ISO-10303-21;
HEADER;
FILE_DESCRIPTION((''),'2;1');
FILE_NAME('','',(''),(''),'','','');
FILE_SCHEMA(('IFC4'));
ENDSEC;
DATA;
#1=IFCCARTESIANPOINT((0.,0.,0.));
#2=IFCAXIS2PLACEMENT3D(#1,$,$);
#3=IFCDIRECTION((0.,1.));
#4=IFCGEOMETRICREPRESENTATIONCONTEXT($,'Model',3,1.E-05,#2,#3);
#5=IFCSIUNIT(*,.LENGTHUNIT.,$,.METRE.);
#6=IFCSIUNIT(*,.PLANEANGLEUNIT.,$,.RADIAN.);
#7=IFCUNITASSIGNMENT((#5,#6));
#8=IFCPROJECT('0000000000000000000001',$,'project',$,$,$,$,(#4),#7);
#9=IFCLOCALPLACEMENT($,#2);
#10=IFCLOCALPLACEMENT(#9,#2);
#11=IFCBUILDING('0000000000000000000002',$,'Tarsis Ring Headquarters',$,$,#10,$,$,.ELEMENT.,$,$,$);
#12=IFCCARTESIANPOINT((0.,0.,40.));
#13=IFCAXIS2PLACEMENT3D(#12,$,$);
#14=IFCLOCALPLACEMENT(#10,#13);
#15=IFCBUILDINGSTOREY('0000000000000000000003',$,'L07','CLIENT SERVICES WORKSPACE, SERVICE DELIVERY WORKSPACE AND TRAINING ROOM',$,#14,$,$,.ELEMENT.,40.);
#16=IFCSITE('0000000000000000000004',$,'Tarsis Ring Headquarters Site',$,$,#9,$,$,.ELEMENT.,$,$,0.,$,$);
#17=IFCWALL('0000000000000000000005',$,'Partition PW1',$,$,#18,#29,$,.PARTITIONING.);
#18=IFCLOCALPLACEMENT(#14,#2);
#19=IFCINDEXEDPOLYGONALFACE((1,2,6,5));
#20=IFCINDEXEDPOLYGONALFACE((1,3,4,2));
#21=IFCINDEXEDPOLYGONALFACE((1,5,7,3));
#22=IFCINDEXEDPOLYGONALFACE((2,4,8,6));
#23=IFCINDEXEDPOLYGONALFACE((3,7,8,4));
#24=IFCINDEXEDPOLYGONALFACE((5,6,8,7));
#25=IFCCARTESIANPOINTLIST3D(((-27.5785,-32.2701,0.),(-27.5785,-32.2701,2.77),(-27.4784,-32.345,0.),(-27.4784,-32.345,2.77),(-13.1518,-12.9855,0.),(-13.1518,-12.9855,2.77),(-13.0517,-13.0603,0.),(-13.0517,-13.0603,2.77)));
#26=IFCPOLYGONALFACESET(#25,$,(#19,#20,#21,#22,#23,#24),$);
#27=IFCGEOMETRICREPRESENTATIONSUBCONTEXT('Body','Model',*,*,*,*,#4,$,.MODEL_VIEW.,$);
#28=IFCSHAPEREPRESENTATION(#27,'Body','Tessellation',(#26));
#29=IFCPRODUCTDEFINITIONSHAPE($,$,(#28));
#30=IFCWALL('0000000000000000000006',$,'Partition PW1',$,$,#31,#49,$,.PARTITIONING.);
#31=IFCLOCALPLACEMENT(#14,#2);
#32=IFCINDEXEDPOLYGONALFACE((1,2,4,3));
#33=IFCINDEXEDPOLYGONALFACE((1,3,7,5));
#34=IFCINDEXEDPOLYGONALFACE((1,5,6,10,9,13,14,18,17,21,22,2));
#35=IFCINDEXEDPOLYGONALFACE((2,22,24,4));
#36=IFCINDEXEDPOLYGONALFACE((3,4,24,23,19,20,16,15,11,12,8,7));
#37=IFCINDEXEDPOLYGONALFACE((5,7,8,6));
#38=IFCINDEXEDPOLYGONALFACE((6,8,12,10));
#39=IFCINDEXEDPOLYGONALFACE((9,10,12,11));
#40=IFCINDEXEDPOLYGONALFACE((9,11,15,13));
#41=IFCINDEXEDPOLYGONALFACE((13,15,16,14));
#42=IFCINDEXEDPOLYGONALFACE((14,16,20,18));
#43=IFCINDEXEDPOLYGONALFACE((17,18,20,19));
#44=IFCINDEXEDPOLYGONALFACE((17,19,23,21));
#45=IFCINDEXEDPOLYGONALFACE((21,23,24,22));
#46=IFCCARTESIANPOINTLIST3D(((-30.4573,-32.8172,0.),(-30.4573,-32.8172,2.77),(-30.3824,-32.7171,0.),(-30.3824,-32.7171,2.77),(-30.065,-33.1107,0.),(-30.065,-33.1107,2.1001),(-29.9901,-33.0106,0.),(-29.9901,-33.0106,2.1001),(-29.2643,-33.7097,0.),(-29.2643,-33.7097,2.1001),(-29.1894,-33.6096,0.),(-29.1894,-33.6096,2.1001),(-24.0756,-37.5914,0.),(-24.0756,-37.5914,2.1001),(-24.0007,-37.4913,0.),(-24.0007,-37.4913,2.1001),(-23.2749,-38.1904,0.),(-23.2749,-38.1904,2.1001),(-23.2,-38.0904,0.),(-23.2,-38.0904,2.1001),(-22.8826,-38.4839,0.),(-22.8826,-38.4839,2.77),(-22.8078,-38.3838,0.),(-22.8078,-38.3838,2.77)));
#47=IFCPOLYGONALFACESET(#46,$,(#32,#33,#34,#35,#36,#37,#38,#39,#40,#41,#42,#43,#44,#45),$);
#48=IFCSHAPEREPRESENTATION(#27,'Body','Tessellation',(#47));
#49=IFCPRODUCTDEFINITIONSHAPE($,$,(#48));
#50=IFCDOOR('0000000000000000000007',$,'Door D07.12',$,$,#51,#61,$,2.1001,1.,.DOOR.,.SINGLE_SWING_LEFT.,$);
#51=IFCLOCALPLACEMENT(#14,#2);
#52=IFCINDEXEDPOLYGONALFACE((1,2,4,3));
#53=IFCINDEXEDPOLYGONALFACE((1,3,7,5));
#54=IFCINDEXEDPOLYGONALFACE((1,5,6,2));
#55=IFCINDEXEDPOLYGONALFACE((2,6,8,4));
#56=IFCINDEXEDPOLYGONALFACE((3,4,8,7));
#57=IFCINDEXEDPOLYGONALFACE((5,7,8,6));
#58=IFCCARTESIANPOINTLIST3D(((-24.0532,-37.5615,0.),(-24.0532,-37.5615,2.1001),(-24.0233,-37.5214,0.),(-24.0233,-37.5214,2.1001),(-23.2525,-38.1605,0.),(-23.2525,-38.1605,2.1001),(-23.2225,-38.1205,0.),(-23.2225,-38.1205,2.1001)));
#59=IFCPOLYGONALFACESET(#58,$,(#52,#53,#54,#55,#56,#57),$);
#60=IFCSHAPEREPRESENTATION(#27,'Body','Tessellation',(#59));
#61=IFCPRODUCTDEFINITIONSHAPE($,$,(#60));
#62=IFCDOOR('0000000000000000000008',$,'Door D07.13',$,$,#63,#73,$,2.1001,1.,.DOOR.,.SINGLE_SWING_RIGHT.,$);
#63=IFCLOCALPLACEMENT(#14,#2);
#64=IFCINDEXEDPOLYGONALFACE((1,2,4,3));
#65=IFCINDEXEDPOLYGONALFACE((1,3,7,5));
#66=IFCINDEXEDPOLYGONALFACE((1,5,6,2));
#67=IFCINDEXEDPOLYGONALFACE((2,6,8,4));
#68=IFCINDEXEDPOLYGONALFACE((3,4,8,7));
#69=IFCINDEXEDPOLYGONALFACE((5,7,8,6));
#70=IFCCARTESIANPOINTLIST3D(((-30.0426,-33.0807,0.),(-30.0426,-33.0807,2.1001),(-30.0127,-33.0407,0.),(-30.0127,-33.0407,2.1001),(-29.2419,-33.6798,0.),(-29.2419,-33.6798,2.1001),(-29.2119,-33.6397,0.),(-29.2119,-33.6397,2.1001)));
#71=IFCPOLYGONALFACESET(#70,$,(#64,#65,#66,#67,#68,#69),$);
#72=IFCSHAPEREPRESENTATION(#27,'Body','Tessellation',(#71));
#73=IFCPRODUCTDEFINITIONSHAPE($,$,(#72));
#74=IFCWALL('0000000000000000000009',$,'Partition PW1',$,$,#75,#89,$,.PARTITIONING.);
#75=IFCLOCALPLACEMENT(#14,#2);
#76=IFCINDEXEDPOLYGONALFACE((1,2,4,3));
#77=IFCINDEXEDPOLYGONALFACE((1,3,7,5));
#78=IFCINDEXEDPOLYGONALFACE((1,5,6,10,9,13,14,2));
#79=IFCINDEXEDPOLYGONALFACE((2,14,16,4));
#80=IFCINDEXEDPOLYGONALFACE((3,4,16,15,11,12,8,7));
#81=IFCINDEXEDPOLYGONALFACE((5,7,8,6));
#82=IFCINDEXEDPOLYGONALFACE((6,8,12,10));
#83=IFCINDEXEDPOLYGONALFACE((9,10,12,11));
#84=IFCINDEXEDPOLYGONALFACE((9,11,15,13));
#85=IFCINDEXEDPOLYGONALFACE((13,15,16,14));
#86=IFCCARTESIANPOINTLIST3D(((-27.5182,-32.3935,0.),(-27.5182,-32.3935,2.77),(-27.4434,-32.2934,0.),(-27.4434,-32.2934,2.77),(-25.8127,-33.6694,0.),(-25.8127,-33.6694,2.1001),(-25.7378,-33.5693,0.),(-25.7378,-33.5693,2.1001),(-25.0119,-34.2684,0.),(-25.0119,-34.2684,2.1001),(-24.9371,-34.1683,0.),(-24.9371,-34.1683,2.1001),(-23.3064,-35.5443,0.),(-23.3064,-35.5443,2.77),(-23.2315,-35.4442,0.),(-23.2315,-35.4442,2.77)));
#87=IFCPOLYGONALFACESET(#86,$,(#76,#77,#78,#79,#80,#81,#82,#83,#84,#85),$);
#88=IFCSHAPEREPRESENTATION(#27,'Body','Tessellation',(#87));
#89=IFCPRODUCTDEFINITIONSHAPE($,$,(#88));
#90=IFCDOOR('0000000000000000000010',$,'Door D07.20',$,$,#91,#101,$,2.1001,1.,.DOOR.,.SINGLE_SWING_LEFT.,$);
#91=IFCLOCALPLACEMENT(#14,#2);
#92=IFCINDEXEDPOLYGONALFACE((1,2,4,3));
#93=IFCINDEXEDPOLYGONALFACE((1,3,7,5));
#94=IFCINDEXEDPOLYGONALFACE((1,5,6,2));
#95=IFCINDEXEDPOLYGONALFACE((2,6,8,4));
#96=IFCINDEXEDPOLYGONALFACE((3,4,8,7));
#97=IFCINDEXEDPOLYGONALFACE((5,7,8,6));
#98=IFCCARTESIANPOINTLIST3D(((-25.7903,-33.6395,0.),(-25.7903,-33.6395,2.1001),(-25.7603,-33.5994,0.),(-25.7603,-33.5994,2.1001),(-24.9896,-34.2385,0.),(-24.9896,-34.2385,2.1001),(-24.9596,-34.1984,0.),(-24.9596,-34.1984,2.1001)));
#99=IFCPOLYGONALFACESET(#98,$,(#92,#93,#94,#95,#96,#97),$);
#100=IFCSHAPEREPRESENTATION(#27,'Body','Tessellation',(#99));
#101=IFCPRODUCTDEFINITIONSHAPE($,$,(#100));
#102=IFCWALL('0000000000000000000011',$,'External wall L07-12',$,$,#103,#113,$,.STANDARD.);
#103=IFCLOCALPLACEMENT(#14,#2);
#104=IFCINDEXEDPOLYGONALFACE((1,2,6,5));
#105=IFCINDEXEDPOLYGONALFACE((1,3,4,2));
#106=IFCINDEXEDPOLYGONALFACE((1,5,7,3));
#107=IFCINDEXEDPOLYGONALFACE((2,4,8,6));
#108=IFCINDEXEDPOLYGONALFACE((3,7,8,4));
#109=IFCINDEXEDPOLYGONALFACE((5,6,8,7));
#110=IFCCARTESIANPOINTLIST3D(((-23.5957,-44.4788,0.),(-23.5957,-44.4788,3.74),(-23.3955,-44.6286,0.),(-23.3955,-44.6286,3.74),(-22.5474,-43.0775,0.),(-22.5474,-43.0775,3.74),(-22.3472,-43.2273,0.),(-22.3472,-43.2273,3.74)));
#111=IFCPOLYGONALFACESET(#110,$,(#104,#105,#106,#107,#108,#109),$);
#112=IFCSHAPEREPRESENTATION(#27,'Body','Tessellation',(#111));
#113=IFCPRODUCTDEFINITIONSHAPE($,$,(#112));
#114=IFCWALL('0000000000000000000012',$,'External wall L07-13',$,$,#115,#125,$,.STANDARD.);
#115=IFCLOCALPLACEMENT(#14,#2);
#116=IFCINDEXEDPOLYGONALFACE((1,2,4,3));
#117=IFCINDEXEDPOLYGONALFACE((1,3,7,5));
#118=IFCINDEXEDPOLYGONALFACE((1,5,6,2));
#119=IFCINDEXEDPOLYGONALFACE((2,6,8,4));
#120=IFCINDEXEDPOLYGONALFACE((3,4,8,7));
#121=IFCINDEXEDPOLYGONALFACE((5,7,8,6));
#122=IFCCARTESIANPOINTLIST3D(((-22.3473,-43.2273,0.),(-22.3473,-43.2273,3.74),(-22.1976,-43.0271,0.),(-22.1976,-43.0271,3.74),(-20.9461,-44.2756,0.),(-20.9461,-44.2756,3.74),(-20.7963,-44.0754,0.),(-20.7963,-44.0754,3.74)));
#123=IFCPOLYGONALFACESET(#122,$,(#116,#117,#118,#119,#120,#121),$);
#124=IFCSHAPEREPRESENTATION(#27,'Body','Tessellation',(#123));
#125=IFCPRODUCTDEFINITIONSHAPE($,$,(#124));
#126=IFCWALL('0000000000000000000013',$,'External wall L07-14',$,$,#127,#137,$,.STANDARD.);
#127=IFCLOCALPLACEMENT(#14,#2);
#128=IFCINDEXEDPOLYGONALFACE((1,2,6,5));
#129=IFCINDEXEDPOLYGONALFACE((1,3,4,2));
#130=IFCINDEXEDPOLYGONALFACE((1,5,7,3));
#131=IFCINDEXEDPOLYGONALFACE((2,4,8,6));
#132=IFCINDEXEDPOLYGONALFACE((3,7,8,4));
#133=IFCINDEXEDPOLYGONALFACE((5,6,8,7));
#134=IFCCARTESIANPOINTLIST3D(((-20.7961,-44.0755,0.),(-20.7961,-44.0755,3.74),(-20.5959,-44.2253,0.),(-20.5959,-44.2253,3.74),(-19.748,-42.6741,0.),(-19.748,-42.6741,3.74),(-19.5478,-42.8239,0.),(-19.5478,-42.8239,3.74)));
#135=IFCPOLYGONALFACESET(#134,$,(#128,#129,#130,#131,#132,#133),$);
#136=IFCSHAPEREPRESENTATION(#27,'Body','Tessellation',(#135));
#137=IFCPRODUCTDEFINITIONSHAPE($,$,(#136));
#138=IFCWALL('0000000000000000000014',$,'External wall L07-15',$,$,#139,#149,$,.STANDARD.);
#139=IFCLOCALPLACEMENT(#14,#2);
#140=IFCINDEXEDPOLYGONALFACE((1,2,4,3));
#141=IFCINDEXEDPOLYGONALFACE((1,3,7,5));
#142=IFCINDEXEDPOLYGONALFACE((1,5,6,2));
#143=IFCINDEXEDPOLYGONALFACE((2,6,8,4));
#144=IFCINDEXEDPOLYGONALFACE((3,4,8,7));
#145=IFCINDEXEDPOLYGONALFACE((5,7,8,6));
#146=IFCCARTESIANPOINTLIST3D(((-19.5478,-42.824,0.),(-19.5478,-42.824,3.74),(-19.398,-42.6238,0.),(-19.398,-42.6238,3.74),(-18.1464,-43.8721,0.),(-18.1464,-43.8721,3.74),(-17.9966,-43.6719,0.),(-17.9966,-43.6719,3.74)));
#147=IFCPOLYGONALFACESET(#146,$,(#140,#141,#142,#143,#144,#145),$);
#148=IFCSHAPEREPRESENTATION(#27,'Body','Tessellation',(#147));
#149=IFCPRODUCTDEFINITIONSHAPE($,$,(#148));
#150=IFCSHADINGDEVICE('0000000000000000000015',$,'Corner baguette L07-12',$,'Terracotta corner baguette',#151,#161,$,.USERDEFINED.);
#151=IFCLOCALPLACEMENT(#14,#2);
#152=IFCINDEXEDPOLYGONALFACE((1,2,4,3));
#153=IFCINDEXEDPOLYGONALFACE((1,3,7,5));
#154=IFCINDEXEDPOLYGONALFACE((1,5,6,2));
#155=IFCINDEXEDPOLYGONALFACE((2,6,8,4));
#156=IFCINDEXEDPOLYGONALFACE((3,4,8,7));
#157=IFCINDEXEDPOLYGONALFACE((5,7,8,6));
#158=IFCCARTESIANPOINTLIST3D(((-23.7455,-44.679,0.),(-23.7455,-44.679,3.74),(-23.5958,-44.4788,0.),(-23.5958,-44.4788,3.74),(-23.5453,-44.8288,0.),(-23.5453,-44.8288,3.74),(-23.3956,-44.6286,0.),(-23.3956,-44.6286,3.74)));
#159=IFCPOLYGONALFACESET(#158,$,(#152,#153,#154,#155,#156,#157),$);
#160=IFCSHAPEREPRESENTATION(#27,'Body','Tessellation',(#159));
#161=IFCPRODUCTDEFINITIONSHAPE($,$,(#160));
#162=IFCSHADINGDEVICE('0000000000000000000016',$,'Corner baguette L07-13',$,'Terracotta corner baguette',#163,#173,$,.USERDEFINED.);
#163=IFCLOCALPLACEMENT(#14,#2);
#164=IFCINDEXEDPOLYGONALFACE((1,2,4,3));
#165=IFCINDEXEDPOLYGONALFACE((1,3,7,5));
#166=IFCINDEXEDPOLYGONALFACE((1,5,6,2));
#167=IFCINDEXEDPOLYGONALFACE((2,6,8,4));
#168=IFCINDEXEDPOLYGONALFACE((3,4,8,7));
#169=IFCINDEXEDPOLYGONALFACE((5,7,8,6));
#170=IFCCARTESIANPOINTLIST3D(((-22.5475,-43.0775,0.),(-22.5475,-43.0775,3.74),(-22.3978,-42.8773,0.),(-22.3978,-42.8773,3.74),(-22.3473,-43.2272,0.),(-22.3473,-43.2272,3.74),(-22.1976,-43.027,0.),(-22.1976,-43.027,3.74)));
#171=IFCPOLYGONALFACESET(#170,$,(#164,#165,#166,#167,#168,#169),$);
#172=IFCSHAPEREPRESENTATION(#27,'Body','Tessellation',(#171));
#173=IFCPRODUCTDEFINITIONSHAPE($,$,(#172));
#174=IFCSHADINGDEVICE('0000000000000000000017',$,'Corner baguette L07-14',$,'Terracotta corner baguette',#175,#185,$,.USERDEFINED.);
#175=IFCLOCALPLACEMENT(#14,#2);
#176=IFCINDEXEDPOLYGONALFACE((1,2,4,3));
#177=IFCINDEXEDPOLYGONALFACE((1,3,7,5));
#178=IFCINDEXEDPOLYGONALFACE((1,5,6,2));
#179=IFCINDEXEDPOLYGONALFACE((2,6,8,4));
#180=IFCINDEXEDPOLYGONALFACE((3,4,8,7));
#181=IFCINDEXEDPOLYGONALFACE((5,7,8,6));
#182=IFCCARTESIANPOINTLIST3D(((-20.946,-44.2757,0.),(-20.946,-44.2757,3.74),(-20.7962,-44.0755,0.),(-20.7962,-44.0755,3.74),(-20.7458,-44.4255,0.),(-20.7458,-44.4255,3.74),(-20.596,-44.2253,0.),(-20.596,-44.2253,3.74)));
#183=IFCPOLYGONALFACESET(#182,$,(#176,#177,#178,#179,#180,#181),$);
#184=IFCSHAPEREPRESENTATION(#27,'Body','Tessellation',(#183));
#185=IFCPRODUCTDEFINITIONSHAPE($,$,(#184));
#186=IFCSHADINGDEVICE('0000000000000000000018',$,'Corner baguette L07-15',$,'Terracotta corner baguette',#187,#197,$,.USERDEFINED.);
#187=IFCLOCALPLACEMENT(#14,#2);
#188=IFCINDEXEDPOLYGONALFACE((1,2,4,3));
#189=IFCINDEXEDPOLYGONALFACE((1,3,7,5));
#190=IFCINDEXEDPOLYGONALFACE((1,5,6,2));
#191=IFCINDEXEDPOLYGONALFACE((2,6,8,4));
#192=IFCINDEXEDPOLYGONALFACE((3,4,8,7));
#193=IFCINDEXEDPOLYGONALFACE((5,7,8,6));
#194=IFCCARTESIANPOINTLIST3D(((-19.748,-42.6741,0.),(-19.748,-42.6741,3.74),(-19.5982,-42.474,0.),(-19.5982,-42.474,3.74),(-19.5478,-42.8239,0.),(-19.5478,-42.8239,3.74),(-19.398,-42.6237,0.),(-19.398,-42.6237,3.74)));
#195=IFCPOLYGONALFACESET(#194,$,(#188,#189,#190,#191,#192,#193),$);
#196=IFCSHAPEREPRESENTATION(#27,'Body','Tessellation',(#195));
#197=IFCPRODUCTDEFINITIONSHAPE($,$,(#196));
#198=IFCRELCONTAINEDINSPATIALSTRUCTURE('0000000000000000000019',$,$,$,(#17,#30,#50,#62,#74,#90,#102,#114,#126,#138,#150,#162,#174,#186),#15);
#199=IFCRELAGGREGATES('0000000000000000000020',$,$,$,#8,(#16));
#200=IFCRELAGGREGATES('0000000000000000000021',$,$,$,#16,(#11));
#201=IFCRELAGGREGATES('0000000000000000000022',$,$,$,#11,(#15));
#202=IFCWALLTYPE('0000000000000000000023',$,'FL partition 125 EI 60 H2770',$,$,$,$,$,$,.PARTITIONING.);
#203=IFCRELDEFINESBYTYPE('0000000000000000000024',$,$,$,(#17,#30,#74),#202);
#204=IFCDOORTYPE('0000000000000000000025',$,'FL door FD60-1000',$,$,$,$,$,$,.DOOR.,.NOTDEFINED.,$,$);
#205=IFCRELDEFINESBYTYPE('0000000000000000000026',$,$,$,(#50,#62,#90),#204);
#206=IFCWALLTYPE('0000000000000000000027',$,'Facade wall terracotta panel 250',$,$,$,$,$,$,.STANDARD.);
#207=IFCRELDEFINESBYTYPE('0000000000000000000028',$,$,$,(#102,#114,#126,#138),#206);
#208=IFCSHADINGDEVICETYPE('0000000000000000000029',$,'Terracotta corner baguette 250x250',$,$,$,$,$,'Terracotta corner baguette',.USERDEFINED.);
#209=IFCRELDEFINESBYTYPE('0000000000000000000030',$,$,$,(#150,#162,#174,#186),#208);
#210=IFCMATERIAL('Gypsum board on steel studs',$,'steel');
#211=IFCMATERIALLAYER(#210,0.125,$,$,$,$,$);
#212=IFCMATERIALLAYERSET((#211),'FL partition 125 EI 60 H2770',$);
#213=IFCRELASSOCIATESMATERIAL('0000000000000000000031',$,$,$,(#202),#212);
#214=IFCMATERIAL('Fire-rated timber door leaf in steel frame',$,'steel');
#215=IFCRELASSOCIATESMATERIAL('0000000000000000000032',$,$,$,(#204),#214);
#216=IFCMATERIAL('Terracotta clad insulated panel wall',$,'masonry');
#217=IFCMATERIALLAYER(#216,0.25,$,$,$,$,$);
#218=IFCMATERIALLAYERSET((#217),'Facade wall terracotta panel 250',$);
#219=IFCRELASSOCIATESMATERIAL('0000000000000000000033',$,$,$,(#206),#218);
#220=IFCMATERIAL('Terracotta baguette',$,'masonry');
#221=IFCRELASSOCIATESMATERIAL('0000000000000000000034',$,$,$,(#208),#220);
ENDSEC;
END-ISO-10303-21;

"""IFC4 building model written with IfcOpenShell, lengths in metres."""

from ifc_helpers import new_model, si_unit, direction, frame, frame_2d, origin, origin_2d, place, context, subcontext, project, spatial, rectangle, extrude, material, layer, layer_set, type_object, element, fill, save


model = new_model("IFC4")

# Units and contexts
model_context = context("Model", 3, precision=1e-05, world=origin(), true_north=direction((0.0, 1.0)))
body_context = subcontext(model_context, "Body", "Model", "MODEL_VIEW")
ifc_project = project(units=[si_unit("LENGTHUNIT", "METRE"), si_unit("PLANEANGLEUNIT", "RADIAN")], contexts=[model_context])

# Site, building, storey
site_placement = place(None, origin())
site = spatial("IfcSite", under=ifc_project, at=site_placement, Name="Tarsis Ring Headquarters Site", CompositionType="ELEMENT", RefElevation=0.0)
building_placement = place(site_placement, origin())
building = spatial("IfcBuilding", under=site, at=building_placement, Name="Tarsis Ring Headquarters", CompositionType="ELEMENT")
storey_placement = place(building_placement, frame((0.0, 0.0, 40.0)))
storey = spatial("IfcBuildingStorey", under=building, at=storey_placement, Name="L07", Description="CLIENT SERVICES WORKSPACE, SERVICE DELIVERY WORKSPACE AND TRAINING ROOM", CompositionType="ELEMENT", Elevation=40.0)

# Shared definitions
ifc_material_1 = material(Name="Gypsum board on steel studs", Category="steel")
ifc_layer_1 = layer(ifc_material_1, 0.125)
ifc_layer_set_1 = layer_set([ifc_layer_1], Name="FL partition 125 EI 60 H2770")
wall_type_1 = type_object("IfcWallType", Name="FL partition 125 EI 60 H2770", PredefinedType="PARTITIONING", material=ifc_layer_set_1)

# Shared definitions
ifc_material_2 = material(Name="Fire-rated timber door leaf in steel frame", Category="steel")
door_type = type_object("IfcDoorType", Name="FL door FD60-1000", OperationType="NOTDEFINED", PredefinedType="DOOR", material=ifc_material_2)

# Wall
wall_1_placement = place(storey_placement, frame((-27.5286, -32.3076, 0.0), z_axis=(0.0, 0.0, 1.0), x_axis=(0.599023, 0.800732, 0.0)))
element("IfcWall", 1, at=wall_1_placement, inside=storey, type_object=wall_type_1, Name="Partition PW1", PredefinedType="PARTITIONING", context=body_context, shape_type="SweptSolid", body=[
    extrude(rectangle(XDim=24.0837, YDim=0.125, at=frame_2d((12.042, 0.0))), origin(), (0.0, 0.0, 1.0), 2.77),
])

# Wall, openings, doors
wall_2_placement = place(storey_placement, frame((-30.4199, -32.7671, 0.0), z_axis=(0.0, 0.0, 1.0), x_axis=(0.800724, -0.599033, 0.0)))
wall_2 = element("IfcWall", 2, at=wall_2_placement, inside=storey, type_object=wall_type_1, Name="Partition PW1", PredefinedType="PARTITIONING", context=body_context, shape_type="SweptSolid", body=[
    extrude(rectangle(XDim=9.4597, YDim=0.125, at=frame_2d((4.73, 0.0))), origin(), (0.0, 0.0, 1.0), 2.77),
])
opening_1_placement = place(wall_2_placement, frame((7.97, 0.0, 0.0)))
opening_1 = element("IfcOpeningElement", 3, at=opening_1_placement, cuts=wall_2, PredefinedType="OPENING", context=body_context, shape_type="SweptSolid", body=[
    extrude(rectangle(XDim=1.0, YDim=2.1001, at=frame_2d((0.5, 1.05))), frame((0.0, 0.0725, 0.0), z_axis=(0.0, -1.0, 0.0), x_axis=(1.0, 0.0, 0.0)), (0.0, 0.0, 1.0), 0.145),
])
opening_2_placement = place(wall_2_placement, frame((0.49, 0.0, 0.0)))
opening_2 = element("IfcOpeningElement", 4, at=opening_2_placement, cuts=wall_2, PredefinedType="OPENING", context=body_context, shape_type="SweptSolid", body=[
    extrude(rectangle(XDim=1.0, YDim=2.1001, at=frame_2d((0.5, 1.05))), frame((0.0, 0.0725, 0.0), z_axis=(0.0, -1.0, 0.0), x_axis=(1.0, 0.0, 0.0)), (0.0, 0.0, 1.0), 0.145),
])
door_1_placement = place(opening_1_placement, origin())
door_1 = element("IfcDoor", 5, at=door_1_placement, inside=storey, type_object=door_type, Name="Door D07.12", OperationType="SINGLE_SWING_LEFT", OverallHeight=2.1001, OverallWidth=1.0, PredefinedType="DOOR", context=body_context, shape_type="SweptSolid", body=[
    extrude(rectangle(XDim=1.0, YDim=2.1001, at=frame_2d((0.5, 1.05))), frame((0.0, 0.0249, 0.0), z_axis=(0.0, -1.0, 0.0), x_axis=(1.0, 0.0, 0.0)), (0.0, 0.0, 1.0), 0.05),
])
fill(opening_1, door_1)
door_2_placement = place(opening_2_placement, origin())
door_2 = element("IfcDoor", 6, at=door_2_placement, inside=storey, type_object=door_type, Name="Door D07.13", OperationType="SINGLE_SWING_RIGHT", OverallHeight=2.1001, OverallWidth=1.0, PredefinedType="DOOR", context=body_context, shape_type="SweptSolid", body=[
    extrude(rectangle(XDim=1.0, YDim=2.1001, at=frame_2d((0.5, 1.05))), frame((0.0, 0.0249, 0.0), z_axis=(0.0, -1.0, 0.0), x_axis=(1.0, 0.0, 0.0)), (0.0, 0.0, 1.0), 0.05),
])
fill(opening_2, door_2)

# Wall, opening, door
wall_3_placement = place(storey_placement, frame((-27.4807, -32.3435, 0.0), z_axis=(0.0, 0.0, 1.0), x_axis=(0.800735, -0.599019, 0.0)))
wall_3 = element("IfcWall", 7, at=wall_3_placement, inside=storey, type_object=wall_type_1, Name="Partition PW1", PredefinedType="PARTITIONING", context=body_context, shape_type="SweptSolid", body=[
    extrude(rectangle(XDim=5.26, YDim=0.125, at=frame_2d((2.6299, 0.0))), origin(), (0.0, 0.0, 1.0), 2.77),
])
opening_3_placement = place(wall_3_placement, frame((2.1299, 0.0, 0.0)))
opening_3 = element("IfcOpeningElement", 8, at=opening_3_placement, cuts=wall_3, PredefinedType="OPENING", context=body_context, shape_type="SweptSolid", body=[
    extrude(rectangle(XDim=1.0, YDim=2.1001, at=frame_2d((0.5, 1.05))), frame((0.0, 0.0725, 0.0), z_axis=(0.0, -1.0, 0.0), x_axis=(1.0, 0.0, 0.0)), (0.0, 0.0, 1.0), 0.145),
])
door_3_placement = place(opening_3_placement, origin())
door_3 = element("IfcDoor", 9, at=door_3_placement, inside=storey, type_object=door_type, Name="Door D07.20", OperationType="SINGLE_SWING_LEFT", OverallHeight=2.1001, OverallWidth=1.0, PredefinedType="DOOR", context=body_context, shape_type="SweptSolid", body=[
    extrude(rectangle(XDim=1.0, YDim=2.1001, at=frame_2d((0.5, 1.05))), frame((0.0, 0.0249, 0.0), z_axis=(0.0, -1.0, 0.0), x_axis=(1.0, 0.0, 0.0)), (0.0, 0.0, 1.0), 0.05),
])
fill(opening_3, door_3)

# Walls
ifc_material_3 = material(Name="Terracotta clad insulated panel wall", Category="masonry")
ifc_layer_2 = layer(ifc_material_3, 0.25)
ifc_layer_set_2 = layer_set([ifc_layer_2], Name="Facade wall terracotta panel 250")
wall_type_2 = type_object("IfcWallType", Name="Facade wall terracotta panel 250", PredefinedType="STANDARD", material=ifc_layer_set_2)
for number, where, z_axis, x_axis, name in (
    (10, (-23.4956, -44.5537, 0.0), (0.0, 0.0, 1.0), (0.599017, 0.800736, 0.0), "External wall L07-12"),
    (11, (-22.2725, -43.1272, 0.0), (0.0, 0.0, 1.0), (0.800736, -0.599017, 0.0), "External wall L07-13"),
    (12, (-20.696, -44.1504, 0.0), (0.0, 0.0, 1.0), (0.598928, 0.800803, 0.0), "External wall L07-14"),
    (13, (-19.4729, -42.7239, 0.0), (0.0, 0.0, 1.0), (0.800803, -0.598928, 0.0), "External wall L07-15"),
):
    element("IfcWall", number, at=place(storey_placement, frame(where, z_axis=z_axis, x_axis=x_axis)), inside=storey, type_object=wall_type_2, Name=name, PredefinedType="STANDARD", context=body_context, shape_type="SweptSolid", body=[
        extrude(rectangle(XDim=1.75, YDim=0.25, at=frame_2d((0.875, 0.0))), origin(), (0.0, 0.0, 1.0), 3.74),
    ])

# Shading devices
ifc_material_4 = material(Name="Terracotta baguette", Category="masonry")
shading_device_type_1 = type_object("IfcShadingDeviceType", Name="Terracotta corner baguette 250x250", ElementType="Terracotta corner baguette", PredefinedType="USERDEFINED", material=ifc_material_4)
for number, where, z_axis, x_axis, name in (
    (14, (-23.5706, -44.6538, 0.0), (0.0, 0.0, 1.0), (0.800731, -0.599024, 0.0), "Corner baguette L07-12"),
    (15, (-22.3726, -43.0522, 0.0), (0.0, 0.0, 1.0), (0.599024, 0.800731, 0.0), "Corner baguette L07-13"),
    (16, (-20.771, -44.2505, 0.0), (0.0, 0.0, 1.0), (0.800731, -0.599023, 0.0), "Corner baguette L07-14"),
    (17, (-19.573, -42.6489, 0.0), (0.0, 0.0, 1.0), (0.599023, 0.800731, 0.0), "Corner baguette L07-15"),
):
    element("IfcShadingDevice", number, at=place(storey_placement, frame(where, z_axis=z_axis, x_axis=x_axis)), inside=storey, type_object=shading_device_type_1, Name=name, ObjectType="Terracotta corner baguette", PredefinedType="USERDEFINED", context=body_context, shape_type="SweptSolid", body=[
        extrude(rectangle(XDim=0.25, YDim=0.25, at=origin_2d()), origin(), (0.0, 0.0, 1.0), 3.74),
    ])

save(model, "model.ifc")
